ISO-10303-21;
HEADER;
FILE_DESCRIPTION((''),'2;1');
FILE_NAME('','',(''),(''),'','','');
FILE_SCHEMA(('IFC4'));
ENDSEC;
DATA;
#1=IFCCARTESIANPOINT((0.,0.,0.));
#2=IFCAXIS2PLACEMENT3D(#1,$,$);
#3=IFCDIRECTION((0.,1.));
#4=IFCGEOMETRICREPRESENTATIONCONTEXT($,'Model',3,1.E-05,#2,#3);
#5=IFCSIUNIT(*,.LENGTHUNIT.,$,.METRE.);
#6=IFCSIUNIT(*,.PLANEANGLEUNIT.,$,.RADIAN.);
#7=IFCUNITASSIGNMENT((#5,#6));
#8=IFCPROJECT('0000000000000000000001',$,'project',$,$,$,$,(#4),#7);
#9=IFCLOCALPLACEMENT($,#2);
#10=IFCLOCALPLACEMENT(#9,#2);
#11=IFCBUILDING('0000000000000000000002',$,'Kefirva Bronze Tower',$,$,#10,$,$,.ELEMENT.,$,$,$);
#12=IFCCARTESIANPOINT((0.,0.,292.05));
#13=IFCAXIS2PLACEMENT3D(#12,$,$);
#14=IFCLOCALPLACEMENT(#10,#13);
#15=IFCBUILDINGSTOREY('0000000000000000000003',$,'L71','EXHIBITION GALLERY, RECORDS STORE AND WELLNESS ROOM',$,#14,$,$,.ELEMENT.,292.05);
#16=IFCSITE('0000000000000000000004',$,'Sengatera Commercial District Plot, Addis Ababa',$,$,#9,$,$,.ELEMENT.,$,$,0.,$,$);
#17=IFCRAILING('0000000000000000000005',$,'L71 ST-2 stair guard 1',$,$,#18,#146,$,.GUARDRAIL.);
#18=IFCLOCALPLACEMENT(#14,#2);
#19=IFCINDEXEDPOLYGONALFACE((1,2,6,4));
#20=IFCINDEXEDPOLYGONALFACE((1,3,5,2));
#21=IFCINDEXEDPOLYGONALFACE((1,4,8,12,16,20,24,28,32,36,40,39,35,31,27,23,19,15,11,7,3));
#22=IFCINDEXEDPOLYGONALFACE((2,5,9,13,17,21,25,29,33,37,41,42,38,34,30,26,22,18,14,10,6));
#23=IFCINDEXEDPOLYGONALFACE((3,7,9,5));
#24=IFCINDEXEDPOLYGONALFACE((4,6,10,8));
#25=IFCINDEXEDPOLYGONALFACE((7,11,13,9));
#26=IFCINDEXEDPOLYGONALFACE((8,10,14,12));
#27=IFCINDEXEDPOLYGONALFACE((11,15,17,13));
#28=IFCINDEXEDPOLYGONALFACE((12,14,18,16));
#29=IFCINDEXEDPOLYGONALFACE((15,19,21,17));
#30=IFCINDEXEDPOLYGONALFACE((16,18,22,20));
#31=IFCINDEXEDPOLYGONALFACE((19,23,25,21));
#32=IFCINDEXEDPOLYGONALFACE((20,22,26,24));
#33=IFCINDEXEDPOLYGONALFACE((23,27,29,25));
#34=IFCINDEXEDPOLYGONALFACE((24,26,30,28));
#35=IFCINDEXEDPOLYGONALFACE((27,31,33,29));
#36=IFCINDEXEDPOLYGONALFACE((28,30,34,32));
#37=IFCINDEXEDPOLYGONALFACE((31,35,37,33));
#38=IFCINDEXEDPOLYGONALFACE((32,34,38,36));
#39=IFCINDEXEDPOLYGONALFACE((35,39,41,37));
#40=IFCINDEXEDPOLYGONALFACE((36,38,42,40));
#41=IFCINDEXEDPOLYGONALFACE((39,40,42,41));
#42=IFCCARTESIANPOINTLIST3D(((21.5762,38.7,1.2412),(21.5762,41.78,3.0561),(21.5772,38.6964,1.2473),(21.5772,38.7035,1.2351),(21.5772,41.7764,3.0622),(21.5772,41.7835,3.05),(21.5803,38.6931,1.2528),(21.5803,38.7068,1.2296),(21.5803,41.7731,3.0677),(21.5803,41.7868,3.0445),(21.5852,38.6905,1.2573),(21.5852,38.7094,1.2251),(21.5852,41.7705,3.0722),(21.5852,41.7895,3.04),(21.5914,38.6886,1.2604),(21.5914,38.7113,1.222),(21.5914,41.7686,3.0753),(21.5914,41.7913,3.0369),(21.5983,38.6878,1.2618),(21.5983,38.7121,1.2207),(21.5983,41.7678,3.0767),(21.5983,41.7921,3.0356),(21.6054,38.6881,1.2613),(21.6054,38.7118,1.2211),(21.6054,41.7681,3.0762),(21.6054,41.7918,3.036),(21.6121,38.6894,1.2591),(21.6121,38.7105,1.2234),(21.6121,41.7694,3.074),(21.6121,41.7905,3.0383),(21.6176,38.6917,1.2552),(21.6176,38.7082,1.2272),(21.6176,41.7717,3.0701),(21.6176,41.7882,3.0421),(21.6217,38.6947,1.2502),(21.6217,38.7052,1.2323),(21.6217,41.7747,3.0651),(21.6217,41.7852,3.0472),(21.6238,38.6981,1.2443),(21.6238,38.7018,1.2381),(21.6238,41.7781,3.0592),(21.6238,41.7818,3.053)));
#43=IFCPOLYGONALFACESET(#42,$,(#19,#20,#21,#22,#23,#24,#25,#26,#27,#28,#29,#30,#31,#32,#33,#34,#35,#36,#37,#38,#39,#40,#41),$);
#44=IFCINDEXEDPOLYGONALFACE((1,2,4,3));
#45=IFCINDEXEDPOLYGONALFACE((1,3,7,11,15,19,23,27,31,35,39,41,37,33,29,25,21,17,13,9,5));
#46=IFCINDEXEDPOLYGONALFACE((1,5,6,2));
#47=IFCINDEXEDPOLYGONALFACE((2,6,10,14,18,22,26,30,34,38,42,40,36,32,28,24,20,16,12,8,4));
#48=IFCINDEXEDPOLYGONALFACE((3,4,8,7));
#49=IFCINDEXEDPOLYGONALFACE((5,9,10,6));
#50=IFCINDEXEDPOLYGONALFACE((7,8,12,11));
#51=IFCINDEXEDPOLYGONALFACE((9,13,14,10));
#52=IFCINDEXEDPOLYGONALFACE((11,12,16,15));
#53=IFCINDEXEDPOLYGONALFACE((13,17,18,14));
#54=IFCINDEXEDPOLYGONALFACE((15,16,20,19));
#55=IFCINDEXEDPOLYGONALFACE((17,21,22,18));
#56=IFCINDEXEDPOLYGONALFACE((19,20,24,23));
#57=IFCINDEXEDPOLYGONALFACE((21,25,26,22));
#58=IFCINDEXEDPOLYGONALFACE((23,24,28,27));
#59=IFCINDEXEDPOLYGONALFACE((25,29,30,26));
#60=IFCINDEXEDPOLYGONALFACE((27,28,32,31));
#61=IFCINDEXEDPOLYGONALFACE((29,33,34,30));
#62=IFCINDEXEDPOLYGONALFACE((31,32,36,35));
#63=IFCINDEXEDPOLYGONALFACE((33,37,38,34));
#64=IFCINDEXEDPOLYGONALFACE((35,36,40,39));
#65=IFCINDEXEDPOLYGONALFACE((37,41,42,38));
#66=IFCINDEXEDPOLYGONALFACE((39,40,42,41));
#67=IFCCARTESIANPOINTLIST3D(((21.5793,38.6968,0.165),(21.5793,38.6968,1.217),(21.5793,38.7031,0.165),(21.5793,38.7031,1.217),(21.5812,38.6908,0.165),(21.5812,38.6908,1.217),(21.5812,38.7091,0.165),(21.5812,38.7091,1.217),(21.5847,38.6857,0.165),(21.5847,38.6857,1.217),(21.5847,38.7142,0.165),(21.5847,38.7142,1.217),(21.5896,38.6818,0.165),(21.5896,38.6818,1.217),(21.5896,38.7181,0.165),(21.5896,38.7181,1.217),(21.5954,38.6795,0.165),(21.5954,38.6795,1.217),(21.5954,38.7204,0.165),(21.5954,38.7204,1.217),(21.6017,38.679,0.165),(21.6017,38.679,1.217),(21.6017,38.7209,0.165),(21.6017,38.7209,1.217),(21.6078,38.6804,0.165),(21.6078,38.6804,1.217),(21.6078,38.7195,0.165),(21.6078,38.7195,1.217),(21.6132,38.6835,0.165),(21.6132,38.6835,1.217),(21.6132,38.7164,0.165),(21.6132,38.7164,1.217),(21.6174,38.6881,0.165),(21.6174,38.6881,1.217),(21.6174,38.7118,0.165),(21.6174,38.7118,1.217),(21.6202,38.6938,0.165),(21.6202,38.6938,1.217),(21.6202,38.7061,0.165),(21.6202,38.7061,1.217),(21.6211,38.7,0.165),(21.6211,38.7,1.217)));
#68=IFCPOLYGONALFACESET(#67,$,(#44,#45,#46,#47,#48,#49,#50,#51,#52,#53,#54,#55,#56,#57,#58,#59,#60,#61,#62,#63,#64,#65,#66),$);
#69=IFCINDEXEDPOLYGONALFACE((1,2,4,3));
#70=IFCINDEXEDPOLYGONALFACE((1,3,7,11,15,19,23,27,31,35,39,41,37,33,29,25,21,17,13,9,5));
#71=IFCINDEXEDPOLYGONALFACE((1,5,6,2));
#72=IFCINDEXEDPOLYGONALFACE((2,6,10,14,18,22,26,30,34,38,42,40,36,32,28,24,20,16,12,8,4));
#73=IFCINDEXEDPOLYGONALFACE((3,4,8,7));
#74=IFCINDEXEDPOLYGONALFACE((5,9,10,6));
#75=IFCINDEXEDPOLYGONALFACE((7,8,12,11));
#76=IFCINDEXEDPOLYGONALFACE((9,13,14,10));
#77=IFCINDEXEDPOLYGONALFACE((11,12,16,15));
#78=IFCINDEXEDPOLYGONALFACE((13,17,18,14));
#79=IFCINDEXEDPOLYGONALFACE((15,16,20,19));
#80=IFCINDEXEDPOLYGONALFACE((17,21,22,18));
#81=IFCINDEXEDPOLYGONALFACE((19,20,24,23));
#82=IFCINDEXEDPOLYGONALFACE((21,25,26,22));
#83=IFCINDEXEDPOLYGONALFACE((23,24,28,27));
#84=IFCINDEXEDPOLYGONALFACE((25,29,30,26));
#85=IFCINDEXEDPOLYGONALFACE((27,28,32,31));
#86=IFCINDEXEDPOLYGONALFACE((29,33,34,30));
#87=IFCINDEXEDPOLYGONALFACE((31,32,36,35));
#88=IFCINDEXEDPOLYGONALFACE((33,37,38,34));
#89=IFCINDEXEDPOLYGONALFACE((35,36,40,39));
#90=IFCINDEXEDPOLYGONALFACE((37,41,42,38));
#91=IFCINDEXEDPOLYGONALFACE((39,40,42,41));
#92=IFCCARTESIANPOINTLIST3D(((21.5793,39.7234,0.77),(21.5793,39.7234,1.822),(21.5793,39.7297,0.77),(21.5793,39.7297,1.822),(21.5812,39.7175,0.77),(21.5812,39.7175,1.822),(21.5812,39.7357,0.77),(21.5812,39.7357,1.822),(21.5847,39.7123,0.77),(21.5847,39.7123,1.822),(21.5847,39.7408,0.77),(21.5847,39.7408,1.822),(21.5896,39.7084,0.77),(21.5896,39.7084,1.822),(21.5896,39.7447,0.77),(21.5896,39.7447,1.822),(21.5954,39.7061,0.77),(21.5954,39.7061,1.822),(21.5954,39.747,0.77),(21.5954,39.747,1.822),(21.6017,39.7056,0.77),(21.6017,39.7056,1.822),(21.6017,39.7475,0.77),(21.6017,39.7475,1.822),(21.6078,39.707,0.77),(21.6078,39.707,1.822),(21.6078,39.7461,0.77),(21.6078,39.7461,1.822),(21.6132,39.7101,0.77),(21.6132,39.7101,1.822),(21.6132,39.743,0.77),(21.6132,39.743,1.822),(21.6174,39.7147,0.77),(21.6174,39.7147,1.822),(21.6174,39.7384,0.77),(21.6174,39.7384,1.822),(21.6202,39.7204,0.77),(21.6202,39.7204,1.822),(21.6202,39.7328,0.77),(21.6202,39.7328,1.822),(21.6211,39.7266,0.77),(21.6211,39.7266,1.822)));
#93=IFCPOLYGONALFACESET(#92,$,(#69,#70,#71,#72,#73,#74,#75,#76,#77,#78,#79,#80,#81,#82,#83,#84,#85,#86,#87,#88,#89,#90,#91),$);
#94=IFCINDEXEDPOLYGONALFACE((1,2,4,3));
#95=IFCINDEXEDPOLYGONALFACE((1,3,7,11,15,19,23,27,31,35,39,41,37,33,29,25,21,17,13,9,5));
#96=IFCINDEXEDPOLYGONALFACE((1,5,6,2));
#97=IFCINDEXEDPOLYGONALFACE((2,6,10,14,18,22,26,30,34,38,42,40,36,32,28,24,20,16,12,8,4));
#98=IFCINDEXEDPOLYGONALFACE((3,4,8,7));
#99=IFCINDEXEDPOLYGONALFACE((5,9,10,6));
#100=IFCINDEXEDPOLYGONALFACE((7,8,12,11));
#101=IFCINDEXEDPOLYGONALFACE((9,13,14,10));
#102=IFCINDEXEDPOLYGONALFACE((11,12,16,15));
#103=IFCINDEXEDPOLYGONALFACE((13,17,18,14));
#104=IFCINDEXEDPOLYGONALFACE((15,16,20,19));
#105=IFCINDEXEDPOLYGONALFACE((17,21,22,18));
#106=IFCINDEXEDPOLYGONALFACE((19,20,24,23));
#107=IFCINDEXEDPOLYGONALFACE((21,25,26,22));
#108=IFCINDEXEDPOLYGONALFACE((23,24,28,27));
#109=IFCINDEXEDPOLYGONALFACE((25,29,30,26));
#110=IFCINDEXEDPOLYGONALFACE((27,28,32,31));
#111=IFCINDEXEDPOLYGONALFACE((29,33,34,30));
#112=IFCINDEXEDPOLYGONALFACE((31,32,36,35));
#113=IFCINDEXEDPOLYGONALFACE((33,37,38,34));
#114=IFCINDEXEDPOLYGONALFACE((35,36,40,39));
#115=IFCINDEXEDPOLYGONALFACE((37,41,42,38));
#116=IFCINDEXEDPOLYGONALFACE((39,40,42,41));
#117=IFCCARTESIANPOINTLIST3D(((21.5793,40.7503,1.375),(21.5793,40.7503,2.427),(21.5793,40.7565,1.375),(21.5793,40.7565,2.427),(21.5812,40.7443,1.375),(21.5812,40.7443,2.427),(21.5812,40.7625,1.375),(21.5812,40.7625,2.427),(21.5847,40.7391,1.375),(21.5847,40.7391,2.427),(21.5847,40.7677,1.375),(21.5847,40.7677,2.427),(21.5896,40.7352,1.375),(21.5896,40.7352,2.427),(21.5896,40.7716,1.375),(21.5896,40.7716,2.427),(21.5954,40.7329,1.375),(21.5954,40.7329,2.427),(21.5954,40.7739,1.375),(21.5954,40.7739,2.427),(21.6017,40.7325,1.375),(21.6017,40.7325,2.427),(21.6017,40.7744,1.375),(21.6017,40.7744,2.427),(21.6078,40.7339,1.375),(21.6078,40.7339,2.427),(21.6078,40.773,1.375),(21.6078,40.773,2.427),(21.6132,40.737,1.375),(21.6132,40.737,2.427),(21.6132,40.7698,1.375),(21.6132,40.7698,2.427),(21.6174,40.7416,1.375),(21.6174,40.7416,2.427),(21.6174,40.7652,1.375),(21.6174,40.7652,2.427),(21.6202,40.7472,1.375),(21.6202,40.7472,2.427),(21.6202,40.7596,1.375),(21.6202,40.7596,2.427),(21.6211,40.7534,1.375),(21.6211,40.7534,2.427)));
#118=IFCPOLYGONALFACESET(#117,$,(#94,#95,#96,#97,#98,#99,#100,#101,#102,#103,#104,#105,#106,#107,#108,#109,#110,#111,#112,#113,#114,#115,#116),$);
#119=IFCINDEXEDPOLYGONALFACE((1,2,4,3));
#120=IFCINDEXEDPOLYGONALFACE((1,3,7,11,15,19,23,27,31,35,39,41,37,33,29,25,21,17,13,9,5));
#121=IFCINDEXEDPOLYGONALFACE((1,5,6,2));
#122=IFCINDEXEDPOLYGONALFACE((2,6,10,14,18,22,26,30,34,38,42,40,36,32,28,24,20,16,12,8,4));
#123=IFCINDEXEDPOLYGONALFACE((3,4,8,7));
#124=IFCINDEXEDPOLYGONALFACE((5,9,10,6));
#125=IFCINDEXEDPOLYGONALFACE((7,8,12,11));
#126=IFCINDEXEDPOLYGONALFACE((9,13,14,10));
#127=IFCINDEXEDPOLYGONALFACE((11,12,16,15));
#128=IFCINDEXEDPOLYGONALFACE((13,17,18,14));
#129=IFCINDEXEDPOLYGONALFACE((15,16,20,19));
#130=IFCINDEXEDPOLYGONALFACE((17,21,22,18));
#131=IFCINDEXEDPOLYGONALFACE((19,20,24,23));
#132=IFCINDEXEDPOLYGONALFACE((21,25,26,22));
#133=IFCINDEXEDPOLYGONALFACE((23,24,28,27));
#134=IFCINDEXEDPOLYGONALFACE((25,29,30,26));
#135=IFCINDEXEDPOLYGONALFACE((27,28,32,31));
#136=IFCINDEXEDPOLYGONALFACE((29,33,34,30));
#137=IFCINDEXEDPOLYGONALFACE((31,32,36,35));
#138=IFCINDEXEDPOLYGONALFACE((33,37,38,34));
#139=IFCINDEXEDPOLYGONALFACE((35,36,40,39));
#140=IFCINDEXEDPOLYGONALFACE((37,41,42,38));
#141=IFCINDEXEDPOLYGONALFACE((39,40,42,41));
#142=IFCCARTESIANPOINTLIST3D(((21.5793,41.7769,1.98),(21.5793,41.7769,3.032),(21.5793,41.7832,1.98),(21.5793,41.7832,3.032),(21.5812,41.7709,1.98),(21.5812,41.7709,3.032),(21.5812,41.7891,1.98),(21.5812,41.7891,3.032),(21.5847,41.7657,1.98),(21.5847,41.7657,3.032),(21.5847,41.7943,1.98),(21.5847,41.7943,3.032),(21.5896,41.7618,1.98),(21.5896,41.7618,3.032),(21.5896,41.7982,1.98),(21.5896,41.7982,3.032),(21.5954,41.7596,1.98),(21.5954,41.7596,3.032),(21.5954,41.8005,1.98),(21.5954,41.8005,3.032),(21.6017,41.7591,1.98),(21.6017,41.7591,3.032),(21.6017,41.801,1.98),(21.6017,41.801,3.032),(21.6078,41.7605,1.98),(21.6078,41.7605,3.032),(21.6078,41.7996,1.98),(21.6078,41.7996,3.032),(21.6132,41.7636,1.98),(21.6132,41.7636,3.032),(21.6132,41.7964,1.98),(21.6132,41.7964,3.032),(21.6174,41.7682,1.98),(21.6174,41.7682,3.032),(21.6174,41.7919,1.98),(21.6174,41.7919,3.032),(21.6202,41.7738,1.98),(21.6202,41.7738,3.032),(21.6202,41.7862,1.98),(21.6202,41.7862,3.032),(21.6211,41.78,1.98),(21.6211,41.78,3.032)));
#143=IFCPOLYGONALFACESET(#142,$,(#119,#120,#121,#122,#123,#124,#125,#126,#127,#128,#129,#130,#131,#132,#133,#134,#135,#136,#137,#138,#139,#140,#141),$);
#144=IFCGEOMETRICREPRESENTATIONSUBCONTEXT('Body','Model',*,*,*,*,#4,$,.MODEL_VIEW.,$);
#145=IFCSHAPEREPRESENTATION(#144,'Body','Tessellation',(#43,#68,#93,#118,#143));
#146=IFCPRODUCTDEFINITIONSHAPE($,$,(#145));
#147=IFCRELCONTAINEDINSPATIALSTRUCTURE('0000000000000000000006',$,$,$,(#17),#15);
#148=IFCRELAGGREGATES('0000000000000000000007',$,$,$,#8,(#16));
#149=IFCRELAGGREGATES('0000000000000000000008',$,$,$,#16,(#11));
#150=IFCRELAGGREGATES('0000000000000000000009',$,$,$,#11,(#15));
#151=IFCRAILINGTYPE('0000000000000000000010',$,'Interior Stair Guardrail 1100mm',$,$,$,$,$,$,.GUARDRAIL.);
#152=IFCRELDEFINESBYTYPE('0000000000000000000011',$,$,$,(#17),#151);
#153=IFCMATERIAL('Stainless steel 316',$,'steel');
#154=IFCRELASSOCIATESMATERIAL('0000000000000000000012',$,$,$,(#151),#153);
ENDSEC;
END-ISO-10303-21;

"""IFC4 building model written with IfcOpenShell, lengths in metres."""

from ifc_helpers import new_model, si_unit, direction, frame, origin, origin_2d, place, context, subcontext, project, spatial, circle, extrude, material, type_object, element, save


model = new_model("IFC4")

# Units and contexts
model_context = context("Model", 3, precision=1e-05, world=origin(), true_north=direction((0.0, 1.0)))
body_context = subcontext(model_context, "Body", "Model", "MODEL_VIEW")
ifc_project = project(units=[si_unit("LENGTHUNIT", "METRE"), si_unit("PLANEANGLEUNIT", "RADIAN")], contexts=[model_context])

# Site, building, storey
site_placement = place(None, origin())
site = spatial("IfcSite", under=ifc_project, at=site_placement, Name="Sengatera Commercial District Plot, Addis Ababa", CompositionType="ELEMENT", RefElevation=0.0)
building_placement = place(site_placement, origin())
building = spatial("IfcBuilding", under=site, at=building_placement, Name="Kefirva Bronze Tower", CompositionType="ELEMENT")
storey_placement = place(building_placement, frame((0.0, 0.0, 292.05)))
storey = spatial("IfcBuildingStorey", under=building, at=storey_placement, Name="L71", Description="EXHIBITION GALLERY, RECORDS STORE AND WELLNESS ROOM", CompositionType="ELEMENT", Elevation=292.05)

# Railing
ifc_material_1 = material(Name="Stainless steel 316", Category="steel")
railing_type_1 = type_object("IfcRailingType", Name="Interior Stair Guardrail 1100mm", PredefinedType="GUARDRAIL", material=ifc_material_1)
railing_1_placement = place(storey_placement, frame((21.6001, 38.7, 0.165)))
element("IfcRailing", 1, at=railing_1_placement, inside=storey, type_object=railing_type_1, Name="L71 ST-2 stair guard 1", PredefinedType="GUARDRAIL", context=body_context, shape_type="SweptSolid", body=[
    extrude(circle(Radius=0.0239, at=origin_2d()), frame((0.0, 0.0, 1.0762), z_axis=(0.0, 0.861551, 0.507671), x_axis=(-1.0, 0.0, 0.0)), (0.0, 0.0, 1.0), 3.575),
    extrude(circle(Radius=0.021, at=origin_2d()), origin(), (0.0, 0.0, 1.0), 1.052),
    extrude(circle(Radius=0.021, at=origin_2d()), frame((0.0, 1.0266, 0.605)), (0.0, 0.0, 1.0), 1.052),
    extrude(circle(Radius=0.021, at=origin_2d()), frame((0.0, 2.0535, 1.21)), (0.0, 0.0, 1.0), 1.052),
    extrude(circle(Radius=0.021, at=origin_2d()), frame((0.0, 3.0801, 1.8149)), (0.0, 0.0, 1.0), 1.052),
])

save(model, "model.ifc")
